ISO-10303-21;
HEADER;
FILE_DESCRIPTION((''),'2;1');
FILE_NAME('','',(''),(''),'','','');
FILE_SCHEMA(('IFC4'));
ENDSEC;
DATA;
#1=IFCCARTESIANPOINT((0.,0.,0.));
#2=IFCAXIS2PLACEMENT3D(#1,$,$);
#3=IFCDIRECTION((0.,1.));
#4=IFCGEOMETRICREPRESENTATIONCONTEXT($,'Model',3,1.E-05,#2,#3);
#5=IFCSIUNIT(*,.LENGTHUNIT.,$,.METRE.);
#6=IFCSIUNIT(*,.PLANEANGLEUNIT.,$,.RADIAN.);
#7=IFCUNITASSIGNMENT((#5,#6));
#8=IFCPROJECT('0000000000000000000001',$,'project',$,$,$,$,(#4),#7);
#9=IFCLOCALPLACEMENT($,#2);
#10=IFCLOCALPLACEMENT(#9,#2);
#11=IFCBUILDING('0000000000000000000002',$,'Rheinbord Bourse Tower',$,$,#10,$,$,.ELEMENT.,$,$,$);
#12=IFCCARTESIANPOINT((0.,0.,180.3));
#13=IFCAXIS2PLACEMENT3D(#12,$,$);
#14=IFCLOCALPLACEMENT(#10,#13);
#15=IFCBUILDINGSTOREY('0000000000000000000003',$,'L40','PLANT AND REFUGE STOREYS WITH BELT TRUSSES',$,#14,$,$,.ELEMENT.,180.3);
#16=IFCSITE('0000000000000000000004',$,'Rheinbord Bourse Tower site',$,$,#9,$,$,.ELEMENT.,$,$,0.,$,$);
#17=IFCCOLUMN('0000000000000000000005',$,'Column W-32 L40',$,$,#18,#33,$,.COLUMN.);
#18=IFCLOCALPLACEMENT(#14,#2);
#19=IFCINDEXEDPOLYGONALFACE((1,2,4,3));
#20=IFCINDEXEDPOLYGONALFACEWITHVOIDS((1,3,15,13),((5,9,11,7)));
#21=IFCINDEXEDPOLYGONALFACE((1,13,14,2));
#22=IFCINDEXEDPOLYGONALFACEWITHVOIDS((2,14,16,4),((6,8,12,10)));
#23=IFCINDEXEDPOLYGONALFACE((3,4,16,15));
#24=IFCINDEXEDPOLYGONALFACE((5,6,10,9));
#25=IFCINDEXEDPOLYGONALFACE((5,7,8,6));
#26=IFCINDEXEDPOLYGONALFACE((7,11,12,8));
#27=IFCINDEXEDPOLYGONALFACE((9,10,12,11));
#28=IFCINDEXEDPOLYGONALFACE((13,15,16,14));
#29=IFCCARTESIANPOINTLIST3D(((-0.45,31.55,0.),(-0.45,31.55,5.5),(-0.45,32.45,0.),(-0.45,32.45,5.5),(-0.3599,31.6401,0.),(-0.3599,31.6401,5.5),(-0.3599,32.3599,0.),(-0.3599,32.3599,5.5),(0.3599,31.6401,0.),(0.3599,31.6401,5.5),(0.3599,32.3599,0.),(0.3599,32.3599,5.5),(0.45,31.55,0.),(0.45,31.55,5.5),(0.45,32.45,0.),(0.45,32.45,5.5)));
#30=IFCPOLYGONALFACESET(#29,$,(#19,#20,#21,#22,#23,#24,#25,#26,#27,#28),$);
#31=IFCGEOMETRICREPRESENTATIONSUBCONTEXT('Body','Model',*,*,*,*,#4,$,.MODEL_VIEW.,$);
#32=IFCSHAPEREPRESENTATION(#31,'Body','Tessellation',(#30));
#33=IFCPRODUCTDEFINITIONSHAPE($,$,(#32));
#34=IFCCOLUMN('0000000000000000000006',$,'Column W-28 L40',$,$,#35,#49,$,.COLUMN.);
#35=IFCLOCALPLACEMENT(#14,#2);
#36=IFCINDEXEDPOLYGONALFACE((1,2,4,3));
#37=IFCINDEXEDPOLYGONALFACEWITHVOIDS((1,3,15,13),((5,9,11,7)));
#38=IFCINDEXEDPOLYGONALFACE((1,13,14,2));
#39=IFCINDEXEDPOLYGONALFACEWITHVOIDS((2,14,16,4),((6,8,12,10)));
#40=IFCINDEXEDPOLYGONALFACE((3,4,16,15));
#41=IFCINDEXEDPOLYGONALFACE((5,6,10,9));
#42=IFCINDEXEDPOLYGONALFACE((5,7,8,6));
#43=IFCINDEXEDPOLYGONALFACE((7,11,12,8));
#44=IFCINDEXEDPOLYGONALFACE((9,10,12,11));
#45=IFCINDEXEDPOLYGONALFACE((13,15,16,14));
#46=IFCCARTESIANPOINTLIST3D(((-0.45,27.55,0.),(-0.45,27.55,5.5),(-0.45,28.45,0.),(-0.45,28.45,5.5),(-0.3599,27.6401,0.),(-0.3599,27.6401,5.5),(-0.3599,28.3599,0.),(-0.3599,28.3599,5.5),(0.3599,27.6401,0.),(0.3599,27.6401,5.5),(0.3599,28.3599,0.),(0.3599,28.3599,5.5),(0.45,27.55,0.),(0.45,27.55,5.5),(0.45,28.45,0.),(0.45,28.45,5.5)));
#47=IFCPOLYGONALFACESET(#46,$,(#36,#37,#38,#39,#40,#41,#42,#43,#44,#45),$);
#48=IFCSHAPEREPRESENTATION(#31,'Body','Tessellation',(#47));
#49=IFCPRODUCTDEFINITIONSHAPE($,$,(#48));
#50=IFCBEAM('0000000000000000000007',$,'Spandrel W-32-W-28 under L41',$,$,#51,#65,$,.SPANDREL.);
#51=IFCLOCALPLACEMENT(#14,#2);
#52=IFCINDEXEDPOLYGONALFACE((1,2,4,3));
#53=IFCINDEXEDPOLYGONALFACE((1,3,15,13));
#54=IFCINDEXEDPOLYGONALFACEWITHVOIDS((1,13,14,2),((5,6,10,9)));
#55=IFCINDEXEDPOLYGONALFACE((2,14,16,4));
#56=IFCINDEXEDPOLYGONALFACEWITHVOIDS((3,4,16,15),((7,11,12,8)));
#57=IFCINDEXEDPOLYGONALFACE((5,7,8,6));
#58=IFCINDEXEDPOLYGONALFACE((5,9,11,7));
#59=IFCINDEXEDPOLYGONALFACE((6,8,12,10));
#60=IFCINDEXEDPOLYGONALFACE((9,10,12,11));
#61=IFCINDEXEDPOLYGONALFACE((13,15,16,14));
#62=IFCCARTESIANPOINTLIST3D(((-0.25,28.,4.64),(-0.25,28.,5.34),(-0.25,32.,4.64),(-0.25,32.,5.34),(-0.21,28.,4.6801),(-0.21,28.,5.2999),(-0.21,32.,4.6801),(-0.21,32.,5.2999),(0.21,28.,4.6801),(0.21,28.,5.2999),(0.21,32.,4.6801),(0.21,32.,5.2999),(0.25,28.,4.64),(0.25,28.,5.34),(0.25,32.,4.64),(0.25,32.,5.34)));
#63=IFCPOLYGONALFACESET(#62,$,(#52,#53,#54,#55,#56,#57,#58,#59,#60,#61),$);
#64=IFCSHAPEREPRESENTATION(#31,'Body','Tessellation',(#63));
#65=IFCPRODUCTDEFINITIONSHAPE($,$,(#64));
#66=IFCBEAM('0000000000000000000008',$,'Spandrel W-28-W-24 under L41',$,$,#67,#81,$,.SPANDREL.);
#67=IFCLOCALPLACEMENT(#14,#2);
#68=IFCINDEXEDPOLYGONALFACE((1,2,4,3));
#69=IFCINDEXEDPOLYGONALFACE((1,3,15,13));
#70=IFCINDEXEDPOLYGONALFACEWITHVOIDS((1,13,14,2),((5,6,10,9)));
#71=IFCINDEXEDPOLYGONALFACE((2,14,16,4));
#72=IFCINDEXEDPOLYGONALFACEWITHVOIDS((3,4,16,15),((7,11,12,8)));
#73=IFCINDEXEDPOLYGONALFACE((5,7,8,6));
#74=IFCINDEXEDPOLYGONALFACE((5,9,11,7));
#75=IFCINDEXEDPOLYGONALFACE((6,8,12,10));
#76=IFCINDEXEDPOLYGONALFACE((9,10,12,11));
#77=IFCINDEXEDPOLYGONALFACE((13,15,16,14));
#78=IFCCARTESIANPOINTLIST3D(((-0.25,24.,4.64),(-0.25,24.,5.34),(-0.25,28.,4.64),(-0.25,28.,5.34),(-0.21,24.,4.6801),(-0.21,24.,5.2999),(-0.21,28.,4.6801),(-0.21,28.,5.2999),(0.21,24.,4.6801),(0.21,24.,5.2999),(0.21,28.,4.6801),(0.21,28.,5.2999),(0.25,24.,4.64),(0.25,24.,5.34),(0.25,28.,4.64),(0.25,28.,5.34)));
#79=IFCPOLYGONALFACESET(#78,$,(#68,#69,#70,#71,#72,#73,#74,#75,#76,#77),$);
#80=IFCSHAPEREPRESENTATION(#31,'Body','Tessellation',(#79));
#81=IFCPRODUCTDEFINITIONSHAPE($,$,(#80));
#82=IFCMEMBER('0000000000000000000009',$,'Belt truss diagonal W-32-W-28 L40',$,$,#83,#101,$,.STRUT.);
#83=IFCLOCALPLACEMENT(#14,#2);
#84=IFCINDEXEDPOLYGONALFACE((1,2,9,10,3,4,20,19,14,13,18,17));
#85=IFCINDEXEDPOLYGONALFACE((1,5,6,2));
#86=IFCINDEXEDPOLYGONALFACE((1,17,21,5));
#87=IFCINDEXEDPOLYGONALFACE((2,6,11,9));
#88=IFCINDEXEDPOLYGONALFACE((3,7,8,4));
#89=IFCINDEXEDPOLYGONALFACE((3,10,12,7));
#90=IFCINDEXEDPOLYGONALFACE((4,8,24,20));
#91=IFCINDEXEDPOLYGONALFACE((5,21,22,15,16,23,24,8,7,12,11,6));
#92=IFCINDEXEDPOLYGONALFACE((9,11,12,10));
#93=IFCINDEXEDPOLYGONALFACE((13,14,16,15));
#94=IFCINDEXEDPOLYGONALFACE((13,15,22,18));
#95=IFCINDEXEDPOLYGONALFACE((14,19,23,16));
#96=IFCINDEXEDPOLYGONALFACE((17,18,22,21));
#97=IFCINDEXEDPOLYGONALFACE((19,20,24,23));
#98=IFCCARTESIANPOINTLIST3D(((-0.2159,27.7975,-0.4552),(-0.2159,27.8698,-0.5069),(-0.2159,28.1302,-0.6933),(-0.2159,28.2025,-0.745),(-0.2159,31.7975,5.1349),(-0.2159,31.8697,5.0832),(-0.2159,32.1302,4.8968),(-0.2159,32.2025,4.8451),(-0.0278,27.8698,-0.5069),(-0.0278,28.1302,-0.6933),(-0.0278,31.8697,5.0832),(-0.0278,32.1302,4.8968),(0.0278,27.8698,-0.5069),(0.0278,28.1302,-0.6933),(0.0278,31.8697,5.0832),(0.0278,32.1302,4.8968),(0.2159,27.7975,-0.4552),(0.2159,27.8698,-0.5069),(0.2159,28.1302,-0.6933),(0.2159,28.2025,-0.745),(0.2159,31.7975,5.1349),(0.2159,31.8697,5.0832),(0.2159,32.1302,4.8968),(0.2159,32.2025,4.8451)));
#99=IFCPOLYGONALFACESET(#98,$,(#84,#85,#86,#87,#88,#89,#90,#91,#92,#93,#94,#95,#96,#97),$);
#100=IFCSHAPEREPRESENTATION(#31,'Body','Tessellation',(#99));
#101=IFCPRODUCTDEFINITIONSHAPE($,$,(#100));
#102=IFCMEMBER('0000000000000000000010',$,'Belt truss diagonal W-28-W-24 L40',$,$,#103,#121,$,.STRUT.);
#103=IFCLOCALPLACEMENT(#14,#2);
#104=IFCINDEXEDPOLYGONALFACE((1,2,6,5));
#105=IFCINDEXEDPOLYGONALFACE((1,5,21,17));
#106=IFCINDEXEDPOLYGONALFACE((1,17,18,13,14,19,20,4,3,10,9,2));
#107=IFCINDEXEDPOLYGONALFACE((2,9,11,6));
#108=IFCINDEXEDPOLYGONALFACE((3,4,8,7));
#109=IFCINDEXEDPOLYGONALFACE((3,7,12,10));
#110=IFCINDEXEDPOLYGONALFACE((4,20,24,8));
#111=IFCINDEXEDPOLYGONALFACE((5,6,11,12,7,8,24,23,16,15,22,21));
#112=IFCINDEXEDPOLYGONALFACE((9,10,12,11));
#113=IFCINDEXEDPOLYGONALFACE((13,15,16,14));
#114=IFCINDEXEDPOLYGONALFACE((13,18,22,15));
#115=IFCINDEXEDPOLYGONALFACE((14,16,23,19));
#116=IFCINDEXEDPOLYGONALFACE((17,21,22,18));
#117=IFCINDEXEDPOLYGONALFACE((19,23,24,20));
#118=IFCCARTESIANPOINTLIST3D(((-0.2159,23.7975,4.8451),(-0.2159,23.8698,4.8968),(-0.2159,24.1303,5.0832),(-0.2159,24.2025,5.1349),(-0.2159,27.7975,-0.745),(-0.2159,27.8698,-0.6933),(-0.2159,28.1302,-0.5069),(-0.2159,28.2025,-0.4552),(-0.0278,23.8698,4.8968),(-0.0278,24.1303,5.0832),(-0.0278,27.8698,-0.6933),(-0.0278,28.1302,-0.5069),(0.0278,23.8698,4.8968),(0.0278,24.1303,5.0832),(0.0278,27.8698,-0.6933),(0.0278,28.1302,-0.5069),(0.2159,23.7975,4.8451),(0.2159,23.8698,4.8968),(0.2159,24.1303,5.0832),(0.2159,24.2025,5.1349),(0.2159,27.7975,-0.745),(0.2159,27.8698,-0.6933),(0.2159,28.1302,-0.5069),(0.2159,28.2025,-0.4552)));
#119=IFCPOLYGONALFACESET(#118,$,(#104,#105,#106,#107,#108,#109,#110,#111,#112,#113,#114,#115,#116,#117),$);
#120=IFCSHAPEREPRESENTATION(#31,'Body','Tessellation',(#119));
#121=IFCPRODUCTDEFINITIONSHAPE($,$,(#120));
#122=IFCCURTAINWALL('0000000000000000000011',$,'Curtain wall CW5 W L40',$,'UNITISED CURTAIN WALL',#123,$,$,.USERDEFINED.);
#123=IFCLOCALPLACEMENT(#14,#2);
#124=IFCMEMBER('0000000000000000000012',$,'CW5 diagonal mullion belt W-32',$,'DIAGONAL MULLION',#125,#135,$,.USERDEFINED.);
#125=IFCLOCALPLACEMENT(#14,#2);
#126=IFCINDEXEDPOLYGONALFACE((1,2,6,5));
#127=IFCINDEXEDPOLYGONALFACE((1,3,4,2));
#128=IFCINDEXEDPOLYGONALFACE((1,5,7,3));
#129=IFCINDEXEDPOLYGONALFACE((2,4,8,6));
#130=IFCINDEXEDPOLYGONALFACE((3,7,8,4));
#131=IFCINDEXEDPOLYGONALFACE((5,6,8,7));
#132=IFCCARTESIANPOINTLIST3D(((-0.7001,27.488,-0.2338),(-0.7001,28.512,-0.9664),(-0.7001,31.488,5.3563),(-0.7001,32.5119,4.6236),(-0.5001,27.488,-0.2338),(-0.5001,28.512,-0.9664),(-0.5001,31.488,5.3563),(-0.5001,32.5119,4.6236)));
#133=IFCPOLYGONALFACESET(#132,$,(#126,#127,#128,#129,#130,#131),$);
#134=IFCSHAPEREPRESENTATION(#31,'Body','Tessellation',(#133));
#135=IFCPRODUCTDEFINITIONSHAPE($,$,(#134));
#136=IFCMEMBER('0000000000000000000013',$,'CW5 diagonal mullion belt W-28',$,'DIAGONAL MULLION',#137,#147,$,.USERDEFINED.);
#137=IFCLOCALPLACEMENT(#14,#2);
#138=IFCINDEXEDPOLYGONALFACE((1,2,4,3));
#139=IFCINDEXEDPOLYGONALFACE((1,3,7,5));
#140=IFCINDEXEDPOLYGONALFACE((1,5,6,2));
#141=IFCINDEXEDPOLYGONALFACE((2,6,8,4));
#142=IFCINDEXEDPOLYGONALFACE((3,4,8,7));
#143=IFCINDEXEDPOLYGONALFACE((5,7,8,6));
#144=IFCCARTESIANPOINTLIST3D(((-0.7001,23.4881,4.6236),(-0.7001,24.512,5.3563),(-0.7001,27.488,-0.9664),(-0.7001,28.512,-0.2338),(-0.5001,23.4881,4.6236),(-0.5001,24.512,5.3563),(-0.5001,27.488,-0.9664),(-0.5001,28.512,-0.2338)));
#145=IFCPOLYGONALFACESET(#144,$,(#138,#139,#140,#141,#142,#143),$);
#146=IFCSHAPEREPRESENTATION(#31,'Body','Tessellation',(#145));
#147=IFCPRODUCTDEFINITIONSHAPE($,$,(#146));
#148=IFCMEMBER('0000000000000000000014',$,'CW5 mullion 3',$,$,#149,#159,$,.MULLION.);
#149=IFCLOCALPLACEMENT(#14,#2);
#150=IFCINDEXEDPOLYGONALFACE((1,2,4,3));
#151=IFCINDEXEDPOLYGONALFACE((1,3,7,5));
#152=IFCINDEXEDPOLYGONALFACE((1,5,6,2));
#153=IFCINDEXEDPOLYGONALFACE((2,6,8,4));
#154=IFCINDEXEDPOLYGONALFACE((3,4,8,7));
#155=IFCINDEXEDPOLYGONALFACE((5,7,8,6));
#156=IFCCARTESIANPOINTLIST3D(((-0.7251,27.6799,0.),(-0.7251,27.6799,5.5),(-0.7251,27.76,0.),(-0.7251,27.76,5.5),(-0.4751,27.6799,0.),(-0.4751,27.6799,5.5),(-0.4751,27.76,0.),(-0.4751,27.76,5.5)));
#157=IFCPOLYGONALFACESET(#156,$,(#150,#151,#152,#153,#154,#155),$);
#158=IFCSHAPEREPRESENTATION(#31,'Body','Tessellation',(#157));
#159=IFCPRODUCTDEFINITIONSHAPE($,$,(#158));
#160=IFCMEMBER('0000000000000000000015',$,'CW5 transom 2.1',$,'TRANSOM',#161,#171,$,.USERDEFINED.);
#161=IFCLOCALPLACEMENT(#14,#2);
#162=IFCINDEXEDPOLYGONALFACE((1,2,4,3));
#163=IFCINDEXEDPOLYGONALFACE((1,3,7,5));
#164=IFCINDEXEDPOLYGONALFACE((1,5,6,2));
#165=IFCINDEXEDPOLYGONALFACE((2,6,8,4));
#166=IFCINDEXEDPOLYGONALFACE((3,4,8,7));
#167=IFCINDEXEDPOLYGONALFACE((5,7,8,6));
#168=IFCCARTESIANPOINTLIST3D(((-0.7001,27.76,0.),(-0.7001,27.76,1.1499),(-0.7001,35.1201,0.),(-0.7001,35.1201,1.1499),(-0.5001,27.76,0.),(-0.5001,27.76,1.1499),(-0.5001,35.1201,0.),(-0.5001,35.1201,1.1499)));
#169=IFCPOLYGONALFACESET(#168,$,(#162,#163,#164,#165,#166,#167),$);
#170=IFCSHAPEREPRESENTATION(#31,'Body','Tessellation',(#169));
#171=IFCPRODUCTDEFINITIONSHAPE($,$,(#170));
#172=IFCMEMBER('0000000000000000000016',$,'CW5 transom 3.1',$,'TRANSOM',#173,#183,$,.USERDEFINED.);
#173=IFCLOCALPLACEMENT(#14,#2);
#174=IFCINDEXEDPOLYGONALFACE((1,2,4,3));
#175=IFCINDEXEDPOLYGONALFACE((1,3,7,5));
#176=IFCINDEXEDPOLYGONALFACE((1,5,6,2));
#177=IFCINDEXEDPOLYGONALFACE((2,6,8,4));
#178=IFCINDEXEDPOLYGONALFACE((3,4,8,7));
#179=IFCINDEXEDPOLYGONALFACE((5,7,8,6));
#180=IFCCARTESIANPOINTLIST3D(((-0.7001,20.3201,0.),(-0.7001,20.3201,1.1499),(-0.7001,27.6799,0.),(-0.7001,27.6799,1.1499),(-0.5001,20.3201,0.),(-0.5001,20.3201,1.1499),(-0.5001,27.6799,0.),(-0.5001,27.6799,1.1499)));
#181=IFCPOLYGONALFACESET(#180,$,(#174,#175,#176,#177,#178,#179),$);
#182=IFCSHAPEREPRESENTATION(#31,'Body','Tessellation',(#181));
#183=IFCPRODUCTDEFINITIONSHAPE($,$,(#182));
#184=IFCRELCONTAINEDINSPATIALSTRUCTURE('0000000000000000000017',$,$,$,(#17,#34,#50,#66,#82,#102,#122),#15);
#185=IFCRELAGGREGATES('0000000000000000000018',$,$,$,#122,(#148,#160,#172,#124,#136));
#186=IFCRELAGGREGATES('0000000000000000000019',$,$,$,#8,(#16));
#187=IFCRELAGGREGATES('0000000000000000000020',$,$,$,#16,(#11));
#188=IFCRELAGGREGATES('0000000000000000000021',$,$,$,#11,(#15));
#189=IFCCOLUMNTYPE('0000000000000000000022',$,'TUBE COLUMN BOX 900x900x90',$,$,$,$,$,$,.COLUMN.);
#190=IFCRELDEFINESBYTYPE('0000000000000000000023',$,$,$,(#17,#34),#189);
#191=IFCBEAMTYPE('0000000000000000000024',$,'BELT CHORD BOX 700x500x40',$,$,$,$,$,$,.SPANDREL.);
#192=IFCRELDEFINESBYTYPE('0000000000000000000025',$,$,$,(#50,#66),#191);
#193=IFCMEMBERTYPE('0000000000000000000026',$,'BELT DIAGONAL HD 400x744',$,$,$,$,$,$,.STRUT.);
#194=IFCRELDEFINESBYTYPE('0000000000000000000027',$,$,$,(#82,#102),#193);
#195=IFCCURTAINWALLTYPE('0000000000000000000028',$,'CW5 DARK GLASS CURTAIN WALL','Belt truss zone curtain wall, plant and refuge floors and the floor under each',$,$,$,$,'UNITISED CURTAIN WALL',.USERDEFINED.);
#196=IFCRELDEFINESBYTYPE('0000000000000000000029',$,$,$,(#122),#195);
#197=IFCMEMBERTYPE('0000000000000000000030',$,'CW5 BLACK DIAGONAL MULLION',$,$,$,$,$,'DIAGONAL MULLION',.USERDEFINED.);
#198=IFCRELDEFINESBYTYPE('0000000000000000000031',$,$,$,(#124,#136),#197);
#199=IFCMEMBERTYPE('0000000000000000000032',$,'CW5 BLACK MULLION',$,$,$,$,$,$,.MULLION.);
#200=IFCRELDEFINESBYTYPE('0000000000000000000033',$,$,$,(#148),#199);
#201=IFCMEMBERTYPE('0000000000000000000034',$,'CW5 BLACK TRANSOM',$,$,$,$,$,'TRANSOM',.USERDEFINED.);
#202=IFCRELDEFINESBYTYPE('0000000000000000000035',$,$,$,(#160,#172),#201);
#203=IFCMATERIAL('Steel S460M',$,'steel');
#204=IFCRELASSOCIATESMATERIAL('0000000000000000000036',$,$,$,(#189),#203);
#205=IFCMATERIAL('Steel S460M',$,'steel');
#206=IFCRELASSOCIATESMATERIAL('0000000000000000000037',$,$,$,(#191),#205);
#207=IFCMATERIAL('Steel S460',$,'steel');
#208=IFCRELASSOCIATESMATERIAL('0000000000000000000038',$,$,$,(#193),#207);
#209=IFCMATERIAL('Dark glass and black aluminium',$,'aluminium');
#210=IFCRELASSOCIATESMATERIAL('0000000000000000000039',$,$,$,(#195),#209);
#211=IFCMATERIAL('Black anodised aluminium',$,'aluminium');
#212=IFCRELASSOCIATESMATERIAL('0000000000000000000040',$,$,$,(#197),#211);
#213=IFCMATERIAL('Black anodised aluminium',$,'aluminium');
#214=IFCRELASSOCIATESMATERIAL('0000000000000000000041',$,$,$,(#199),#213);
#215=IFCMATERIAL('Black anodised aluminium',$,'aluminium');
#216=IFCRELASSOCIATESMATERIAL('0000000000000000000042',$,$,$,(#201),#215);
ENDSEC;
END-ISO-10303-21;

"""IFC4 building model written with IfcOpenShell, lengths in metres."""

from ifc_helpers import new_model, si_unit, direction, frame, origin, origin_2d, place, context, subcontext, project, spatial, rectangle, hollow_rectangle, i_section, extrude, material, material_profile, profile_set, type_object, element, aggregate, save


model = new_model("IFC4")

# Units and contexts
model_context = context("Model", 3, precision=1e-05, world=origin(), true_north=direction((0.0, 1.0)))
body_context = subcontext(model_context, "Body", "Model", "MODEL_VIEW")
ifc_project = project(units=[si_unit("LENGTHUNIT", "METRE"), si_unit("PLANEANGLEUNIT", "RADIAN")], contexts=[model_context])

# Site, building, storey
site_placement = place(None, origin())
site = spatial("IfcSite", under=ifc_project, at=site_placement, Name="Rheinbord Bourse Tower site", CompositionType="ELEMENT", RefElevation=0.0)
building_placement = place(site_placement, origin())
building = spatial("IfcBuilding", under=site, at=building_placement, Name="Rheinbord Bourse Tower", CompositionType="ELEMENT")
storey_placement = place(building_placement, frame((0.0, 0.0, 180.3)))
storey = spatial("IfcBuildingStorey", under=building, at=storey_placement, Name="L40", Description="PLANT AND REFUGE STOREYS WITH BELT TRUSSES", CompositionType="ELEMENT", Elevation=180.3)

# Columns
ifc_material_1 = material(Name="Steel S460M", Category="steel")
ifc_material_profile_1 = material_profile(ifc_material_1, hollow_rectangle(XDim=0.8999, YDim=0.8999, WallThickness=0.0901, at=origin_2d()), Name="BOX 900x900x90")
ifc_profile_set_1 = profile_set([ifc_material_profile_1], Name="Steel S460M")
column_type = type_object("IfcColumnType", Name="TUBE COLUMN BOX 900x900x90", PredefinedType="COLUMN", material=ifc_profile_set_1)
for number, where, z_axis, x_axis, name in (
    (1, (0.0, 32.0, 0.0), (0.0, 0.0, 1.0), (1.0, 0.0, 0.0), "Column W-32 L40"),
    (2, (0.0, 28.0, 0.0), (0.0, 0.0, 1.0), (1.0, 0.0, 0.0), "Column W-28 L40"),
):
    element("IfcColumn", number, at=place(storey_placement, frame(where, z_axis=z_axis, x_axis=x_axis)), inside=storey, type_object=column_type, Name=name, PredefinedType="COLUMN", context=body_context, shape_type="SweptSolid", body=[
        extrude(hollow_rectangle(XDim=0.8999, YDim=0.8999, WallThickness=0.0901, at=origin_2d()), origin(), (0.0, 0.0, 1.0), 5.5),
    ])

# Beams
ifc_material_2 = material(Name="Steel S460M", Category="steel")
ifc_material_profile_2 = material_profile(ifc_material_2, hollow_rectangle(XDim=0.5, YDim=0.7, WallThickness=0.04, at=origin_2d()), Name="BOX 700x500x40")
ifc_profile_set_2 = profile_set([ifc_material_profile_2], Name="Steel S460M")
beam_type_1 = type_object("IfcBeamType", Name="BELT CHORD BOX 700x500x40", PredefinedType="SPANDREL", material=ifc_profile_set_2)
for number, where, z_axis, x_axis, name in (
    (3, (0.0, 32.0, 4.99), (0.0, -1.0, 0.0), (1.0, 0.0, 0.0), "Spandrel W-32-W-28 under L41"),
    (4, (0.0, 28.0, 4.99), (0.0, -1.0, 0.0), (1.0, 0.0, 0.0), "Spandrel W-28-W-24 under L41"),
):
    element("IfcBeam", number, at=place(storey_placement, frame(where, z_axis=z_axis, x_axis=x_axis)), inside=storey, type_object=beam_type_1, Name=name, PredefinedType="SPANDREL", context=body_context, shape_type="SweptSolid", body=[
        extrude(hollow_rectangle(XDim=0.5, YDim=0.7, WallThickness=0.04, at=origin_2d()), origin(), (0.0, 0.0, 1.0), 4.0),
    ])

# Members
ifc_material_3 = material(Name="Steel S460", Category="steel")
ifc_material_profile_3 = material_profile(ifc_material_3, i_section(OverallWidth=0.4319, OverallDepth=0.498, WebThickness=0.0557, FlangeThickness=0.0889, at=origin_2d()), Name="HD 400x744")
ifc_profile_set_3 = profile_set([ifc_material_profile_3], Name="Steel S460")
member_type_1 = type_object("IfcMemberType", Name="BELT DIAGONAL HD 400x744", PredefinedType="STRUT", material=ifc_profile_set_3)
for number, where, z_axis, x_axis, name in (
    (5, (0.0, 28.0, -0.6001), (0.0, 0.58192, 0.813246), (-1.0, 0.0, 0.0), "Belt truss diagonal W-32-W-28 L40"),
    (6, (0.0, 28.0, -0.6001), (0.0, -0.58192, 0.813246), (1.0, 0.0, 0.0), "Belt truss diagonal W-28-W-24 L40"),
):
    element("IfcMember", number, at=place(storey_placement, frame(where, z_axis=z_axis, x_axis=x_axis)), inside=storey, type_object=member_type_1, Name=name, PredefinedType="STRUT", context=body_context, shape_type="SweptSolid", body=[
        extrude(i_section(OverallWidth=0.4319, OverallDepth=0.498, WebThickness=0.0557, FlangeThickness=0.0889, at=origin_2d()), origin(), (0.0, 0.0, 1.0), 6.8738),
    ])

# Curtain wall, members
ifc_material_4 = material(Name="Dark glass and black aluminium", Category="aluminium")
curtain_wall_type = type_object("IfcCurtainWallType", Name="CW5 DARK GLASS CURTAIN WALL", Description="Belt truss zone curtain wall, plant and refuge floors and the floor under each", ElementType="UNITISED CURTAIN WALL", PredefinedType="USERDEFINED", material=ifc_material_4)
curtain_wall_placement = place(storey_placement, origin())
curtain_wall = element("IfcCurtainWall", 7, at=curtain_wall_placement, inside=storey, type_object=curtain_wall_type, Name="Curtain wall CW5 W L40", ObjectType="UNITISED CURTAIN WALL", PredefinedType="USERDEFINED")
ifc_material_5 = material(Name="Black anodised aluminium", Category="aluminium")
ifc_material_profile_4 = material_profile(ifc_material_5, rectangle(XDim=0.2, YDim=1.259, at=origin_2d()), Name="CW5 DIAGONAL MULLION 1259x200")
ifc_profile_set_4 = profile_set([ifc_material_profile_4], Name="Black anodised aluminium")
member_type_2 = type_object("IfcMemberType", Name="CW5 BLACK DIAGONAL MULLION", ElementType="DIAGONAL MULLION", PredefinedType="USERDEFINED", material=ifc_profile_set_4)
member_1_placement = place(storey_placement, frame((-0.6001, 28.0, -0.6001), z_axis=(0.0, 0.58192, 0.813246), x_axis=(-1.0, 0.0, 0.0)))
member_1 = element("IfcMember", 8, at=member_1_placement, type_object=member_type_2, Name="CW5 diagonal mullion belt W-32", ObjectType="DIAGONAL MULLION", PredefinedType="USERDEFINED", context=body_context, shape_type="SweptSolid", body=[
    extrude(rectangle(XDim=0.2, YDim=1.259, at=origin_2d()), origin(), (0.0, 0.0, 1.0), 6.8738),
])
member_2_placement = place(storey_placement, frame((-0.6001, 28.0, -0.6001), z_axis=(0.0, -0.58192, 0.813246), x_axis=(1.0, 0.0, 0.0)))
member_2 = element("IfcMember", 9, at=member_2_placement, type_object=member_type_2, Name="CW5 diagonal mullion belt W-28", ObjectType="DIAGONAL MULLION", PredefinedType="USERDEFINED", context=body_context, shape_type="SweptSolid", body=[
    extrude(rectangle(XDim=0.2, YDim=1.259, at=origin_2d()), origin(), (0.0, 0.0, 1.0), 6.8738),
])
ifc_material_6 = material(Name="Black anodised aluminium", Category="aluminium")
ifc_material_profile_5 = material_profile(ifc_material_6, rectangle(XDim=0.25, YDim=0.0801, at=origin_2d()), Name="CW5 MULLION 80x250")
ifc_profile_set_5 = profile_set([ifc_material_profile_5], Name="Black anodised aluminium")
member_type_3 = type_object("IfcMemberType", Name="CW5 BLACK MULLION", PredefinedType="MULLION", material=ifc_profile_set_5)
member_3_placement = place(storey_placement, frame((-0.6001, 27.72, 0.0), z_axis=(0.0, 0.0, 1.0), x_axis=(1.0, 0.0, 0.0)))
member_3 = element("IfcMember", 10, at=member_3_placement, type_object=member_type_3, Name="CW5 mullion 3", PredefinedType="MULLION", context=body_context, shape_type="SweptSolid", body=[
    extrude(rectangle(XDim=0.25, YDim=0.0801, at=origin_2d()), origin(), (0.0, 0.0, 1.0), 5.5),
])
ifc_material_7 = material(Name="Black anodised aluminium", Category="aluminium")
ifc_material_profile_6 = material_profile(ifc_material_7, rectangle(XDim=0.2, YDim=1.1499, at=origin_2d()), Name="CW5 TRANSOM 1150x200")
ifc_profile_set_6 = profile_set([ifc_material_profile_6], Name="Black anodised aluminium")
member_type_4 = type_object("IfcMemberType", Name="CW5 BLACK TRANSOM", ElementType="TRANSOM", PredefinedType="USERDEFINED", material=ifc_profile_set_6)
member_4_placement = place(storey_placement, frame((-0.6001, 35.1201, 0.575), z_axis=(0.0, -1.0, 0.0), x_axis=(1.0, 0.0, 0.0)))
member_4 = element("IfcMember", 11, at=member_4_placement, type_object=member_type_4, Name="CW5 transom 2.1", ObjectType="TRANSOM", PredefinedType="USERDEFINED", context=body_context, shape_type="SweptSolid", body=[
    extrude(rectangle(XDim=0.2, YDim=1.1499, at=origin_2d()), origin(), (0.0, 0.0, 1.0), 7.3601),
])
member_5_placement = place(storey_placement, frame((-0.6001, 27.6799, 0.575), z_axis=(0.0, -1.0, 0.0), x_axis=(1.0, 0.0, 0.0)))
member_5 = element("IfcMember", 12, at=member_5_placement, type_object=member_type_4, Name="CW5 transom 3.1", ObjectType="TRANSOM", PredefinedType="USERDEFINED", context=body_context, shape_type="SweptSolid", body=[
    extrude(rectangle(XDim=0.2, YDim=1.1499, at=origin_2d()), origin(), (0.0, 0.0, 1.0), 7.3599),
])

aggregate(curtain_wall, [member_3, member_4, member_5, member_1, member_2])

save(model, "model.ifc")
